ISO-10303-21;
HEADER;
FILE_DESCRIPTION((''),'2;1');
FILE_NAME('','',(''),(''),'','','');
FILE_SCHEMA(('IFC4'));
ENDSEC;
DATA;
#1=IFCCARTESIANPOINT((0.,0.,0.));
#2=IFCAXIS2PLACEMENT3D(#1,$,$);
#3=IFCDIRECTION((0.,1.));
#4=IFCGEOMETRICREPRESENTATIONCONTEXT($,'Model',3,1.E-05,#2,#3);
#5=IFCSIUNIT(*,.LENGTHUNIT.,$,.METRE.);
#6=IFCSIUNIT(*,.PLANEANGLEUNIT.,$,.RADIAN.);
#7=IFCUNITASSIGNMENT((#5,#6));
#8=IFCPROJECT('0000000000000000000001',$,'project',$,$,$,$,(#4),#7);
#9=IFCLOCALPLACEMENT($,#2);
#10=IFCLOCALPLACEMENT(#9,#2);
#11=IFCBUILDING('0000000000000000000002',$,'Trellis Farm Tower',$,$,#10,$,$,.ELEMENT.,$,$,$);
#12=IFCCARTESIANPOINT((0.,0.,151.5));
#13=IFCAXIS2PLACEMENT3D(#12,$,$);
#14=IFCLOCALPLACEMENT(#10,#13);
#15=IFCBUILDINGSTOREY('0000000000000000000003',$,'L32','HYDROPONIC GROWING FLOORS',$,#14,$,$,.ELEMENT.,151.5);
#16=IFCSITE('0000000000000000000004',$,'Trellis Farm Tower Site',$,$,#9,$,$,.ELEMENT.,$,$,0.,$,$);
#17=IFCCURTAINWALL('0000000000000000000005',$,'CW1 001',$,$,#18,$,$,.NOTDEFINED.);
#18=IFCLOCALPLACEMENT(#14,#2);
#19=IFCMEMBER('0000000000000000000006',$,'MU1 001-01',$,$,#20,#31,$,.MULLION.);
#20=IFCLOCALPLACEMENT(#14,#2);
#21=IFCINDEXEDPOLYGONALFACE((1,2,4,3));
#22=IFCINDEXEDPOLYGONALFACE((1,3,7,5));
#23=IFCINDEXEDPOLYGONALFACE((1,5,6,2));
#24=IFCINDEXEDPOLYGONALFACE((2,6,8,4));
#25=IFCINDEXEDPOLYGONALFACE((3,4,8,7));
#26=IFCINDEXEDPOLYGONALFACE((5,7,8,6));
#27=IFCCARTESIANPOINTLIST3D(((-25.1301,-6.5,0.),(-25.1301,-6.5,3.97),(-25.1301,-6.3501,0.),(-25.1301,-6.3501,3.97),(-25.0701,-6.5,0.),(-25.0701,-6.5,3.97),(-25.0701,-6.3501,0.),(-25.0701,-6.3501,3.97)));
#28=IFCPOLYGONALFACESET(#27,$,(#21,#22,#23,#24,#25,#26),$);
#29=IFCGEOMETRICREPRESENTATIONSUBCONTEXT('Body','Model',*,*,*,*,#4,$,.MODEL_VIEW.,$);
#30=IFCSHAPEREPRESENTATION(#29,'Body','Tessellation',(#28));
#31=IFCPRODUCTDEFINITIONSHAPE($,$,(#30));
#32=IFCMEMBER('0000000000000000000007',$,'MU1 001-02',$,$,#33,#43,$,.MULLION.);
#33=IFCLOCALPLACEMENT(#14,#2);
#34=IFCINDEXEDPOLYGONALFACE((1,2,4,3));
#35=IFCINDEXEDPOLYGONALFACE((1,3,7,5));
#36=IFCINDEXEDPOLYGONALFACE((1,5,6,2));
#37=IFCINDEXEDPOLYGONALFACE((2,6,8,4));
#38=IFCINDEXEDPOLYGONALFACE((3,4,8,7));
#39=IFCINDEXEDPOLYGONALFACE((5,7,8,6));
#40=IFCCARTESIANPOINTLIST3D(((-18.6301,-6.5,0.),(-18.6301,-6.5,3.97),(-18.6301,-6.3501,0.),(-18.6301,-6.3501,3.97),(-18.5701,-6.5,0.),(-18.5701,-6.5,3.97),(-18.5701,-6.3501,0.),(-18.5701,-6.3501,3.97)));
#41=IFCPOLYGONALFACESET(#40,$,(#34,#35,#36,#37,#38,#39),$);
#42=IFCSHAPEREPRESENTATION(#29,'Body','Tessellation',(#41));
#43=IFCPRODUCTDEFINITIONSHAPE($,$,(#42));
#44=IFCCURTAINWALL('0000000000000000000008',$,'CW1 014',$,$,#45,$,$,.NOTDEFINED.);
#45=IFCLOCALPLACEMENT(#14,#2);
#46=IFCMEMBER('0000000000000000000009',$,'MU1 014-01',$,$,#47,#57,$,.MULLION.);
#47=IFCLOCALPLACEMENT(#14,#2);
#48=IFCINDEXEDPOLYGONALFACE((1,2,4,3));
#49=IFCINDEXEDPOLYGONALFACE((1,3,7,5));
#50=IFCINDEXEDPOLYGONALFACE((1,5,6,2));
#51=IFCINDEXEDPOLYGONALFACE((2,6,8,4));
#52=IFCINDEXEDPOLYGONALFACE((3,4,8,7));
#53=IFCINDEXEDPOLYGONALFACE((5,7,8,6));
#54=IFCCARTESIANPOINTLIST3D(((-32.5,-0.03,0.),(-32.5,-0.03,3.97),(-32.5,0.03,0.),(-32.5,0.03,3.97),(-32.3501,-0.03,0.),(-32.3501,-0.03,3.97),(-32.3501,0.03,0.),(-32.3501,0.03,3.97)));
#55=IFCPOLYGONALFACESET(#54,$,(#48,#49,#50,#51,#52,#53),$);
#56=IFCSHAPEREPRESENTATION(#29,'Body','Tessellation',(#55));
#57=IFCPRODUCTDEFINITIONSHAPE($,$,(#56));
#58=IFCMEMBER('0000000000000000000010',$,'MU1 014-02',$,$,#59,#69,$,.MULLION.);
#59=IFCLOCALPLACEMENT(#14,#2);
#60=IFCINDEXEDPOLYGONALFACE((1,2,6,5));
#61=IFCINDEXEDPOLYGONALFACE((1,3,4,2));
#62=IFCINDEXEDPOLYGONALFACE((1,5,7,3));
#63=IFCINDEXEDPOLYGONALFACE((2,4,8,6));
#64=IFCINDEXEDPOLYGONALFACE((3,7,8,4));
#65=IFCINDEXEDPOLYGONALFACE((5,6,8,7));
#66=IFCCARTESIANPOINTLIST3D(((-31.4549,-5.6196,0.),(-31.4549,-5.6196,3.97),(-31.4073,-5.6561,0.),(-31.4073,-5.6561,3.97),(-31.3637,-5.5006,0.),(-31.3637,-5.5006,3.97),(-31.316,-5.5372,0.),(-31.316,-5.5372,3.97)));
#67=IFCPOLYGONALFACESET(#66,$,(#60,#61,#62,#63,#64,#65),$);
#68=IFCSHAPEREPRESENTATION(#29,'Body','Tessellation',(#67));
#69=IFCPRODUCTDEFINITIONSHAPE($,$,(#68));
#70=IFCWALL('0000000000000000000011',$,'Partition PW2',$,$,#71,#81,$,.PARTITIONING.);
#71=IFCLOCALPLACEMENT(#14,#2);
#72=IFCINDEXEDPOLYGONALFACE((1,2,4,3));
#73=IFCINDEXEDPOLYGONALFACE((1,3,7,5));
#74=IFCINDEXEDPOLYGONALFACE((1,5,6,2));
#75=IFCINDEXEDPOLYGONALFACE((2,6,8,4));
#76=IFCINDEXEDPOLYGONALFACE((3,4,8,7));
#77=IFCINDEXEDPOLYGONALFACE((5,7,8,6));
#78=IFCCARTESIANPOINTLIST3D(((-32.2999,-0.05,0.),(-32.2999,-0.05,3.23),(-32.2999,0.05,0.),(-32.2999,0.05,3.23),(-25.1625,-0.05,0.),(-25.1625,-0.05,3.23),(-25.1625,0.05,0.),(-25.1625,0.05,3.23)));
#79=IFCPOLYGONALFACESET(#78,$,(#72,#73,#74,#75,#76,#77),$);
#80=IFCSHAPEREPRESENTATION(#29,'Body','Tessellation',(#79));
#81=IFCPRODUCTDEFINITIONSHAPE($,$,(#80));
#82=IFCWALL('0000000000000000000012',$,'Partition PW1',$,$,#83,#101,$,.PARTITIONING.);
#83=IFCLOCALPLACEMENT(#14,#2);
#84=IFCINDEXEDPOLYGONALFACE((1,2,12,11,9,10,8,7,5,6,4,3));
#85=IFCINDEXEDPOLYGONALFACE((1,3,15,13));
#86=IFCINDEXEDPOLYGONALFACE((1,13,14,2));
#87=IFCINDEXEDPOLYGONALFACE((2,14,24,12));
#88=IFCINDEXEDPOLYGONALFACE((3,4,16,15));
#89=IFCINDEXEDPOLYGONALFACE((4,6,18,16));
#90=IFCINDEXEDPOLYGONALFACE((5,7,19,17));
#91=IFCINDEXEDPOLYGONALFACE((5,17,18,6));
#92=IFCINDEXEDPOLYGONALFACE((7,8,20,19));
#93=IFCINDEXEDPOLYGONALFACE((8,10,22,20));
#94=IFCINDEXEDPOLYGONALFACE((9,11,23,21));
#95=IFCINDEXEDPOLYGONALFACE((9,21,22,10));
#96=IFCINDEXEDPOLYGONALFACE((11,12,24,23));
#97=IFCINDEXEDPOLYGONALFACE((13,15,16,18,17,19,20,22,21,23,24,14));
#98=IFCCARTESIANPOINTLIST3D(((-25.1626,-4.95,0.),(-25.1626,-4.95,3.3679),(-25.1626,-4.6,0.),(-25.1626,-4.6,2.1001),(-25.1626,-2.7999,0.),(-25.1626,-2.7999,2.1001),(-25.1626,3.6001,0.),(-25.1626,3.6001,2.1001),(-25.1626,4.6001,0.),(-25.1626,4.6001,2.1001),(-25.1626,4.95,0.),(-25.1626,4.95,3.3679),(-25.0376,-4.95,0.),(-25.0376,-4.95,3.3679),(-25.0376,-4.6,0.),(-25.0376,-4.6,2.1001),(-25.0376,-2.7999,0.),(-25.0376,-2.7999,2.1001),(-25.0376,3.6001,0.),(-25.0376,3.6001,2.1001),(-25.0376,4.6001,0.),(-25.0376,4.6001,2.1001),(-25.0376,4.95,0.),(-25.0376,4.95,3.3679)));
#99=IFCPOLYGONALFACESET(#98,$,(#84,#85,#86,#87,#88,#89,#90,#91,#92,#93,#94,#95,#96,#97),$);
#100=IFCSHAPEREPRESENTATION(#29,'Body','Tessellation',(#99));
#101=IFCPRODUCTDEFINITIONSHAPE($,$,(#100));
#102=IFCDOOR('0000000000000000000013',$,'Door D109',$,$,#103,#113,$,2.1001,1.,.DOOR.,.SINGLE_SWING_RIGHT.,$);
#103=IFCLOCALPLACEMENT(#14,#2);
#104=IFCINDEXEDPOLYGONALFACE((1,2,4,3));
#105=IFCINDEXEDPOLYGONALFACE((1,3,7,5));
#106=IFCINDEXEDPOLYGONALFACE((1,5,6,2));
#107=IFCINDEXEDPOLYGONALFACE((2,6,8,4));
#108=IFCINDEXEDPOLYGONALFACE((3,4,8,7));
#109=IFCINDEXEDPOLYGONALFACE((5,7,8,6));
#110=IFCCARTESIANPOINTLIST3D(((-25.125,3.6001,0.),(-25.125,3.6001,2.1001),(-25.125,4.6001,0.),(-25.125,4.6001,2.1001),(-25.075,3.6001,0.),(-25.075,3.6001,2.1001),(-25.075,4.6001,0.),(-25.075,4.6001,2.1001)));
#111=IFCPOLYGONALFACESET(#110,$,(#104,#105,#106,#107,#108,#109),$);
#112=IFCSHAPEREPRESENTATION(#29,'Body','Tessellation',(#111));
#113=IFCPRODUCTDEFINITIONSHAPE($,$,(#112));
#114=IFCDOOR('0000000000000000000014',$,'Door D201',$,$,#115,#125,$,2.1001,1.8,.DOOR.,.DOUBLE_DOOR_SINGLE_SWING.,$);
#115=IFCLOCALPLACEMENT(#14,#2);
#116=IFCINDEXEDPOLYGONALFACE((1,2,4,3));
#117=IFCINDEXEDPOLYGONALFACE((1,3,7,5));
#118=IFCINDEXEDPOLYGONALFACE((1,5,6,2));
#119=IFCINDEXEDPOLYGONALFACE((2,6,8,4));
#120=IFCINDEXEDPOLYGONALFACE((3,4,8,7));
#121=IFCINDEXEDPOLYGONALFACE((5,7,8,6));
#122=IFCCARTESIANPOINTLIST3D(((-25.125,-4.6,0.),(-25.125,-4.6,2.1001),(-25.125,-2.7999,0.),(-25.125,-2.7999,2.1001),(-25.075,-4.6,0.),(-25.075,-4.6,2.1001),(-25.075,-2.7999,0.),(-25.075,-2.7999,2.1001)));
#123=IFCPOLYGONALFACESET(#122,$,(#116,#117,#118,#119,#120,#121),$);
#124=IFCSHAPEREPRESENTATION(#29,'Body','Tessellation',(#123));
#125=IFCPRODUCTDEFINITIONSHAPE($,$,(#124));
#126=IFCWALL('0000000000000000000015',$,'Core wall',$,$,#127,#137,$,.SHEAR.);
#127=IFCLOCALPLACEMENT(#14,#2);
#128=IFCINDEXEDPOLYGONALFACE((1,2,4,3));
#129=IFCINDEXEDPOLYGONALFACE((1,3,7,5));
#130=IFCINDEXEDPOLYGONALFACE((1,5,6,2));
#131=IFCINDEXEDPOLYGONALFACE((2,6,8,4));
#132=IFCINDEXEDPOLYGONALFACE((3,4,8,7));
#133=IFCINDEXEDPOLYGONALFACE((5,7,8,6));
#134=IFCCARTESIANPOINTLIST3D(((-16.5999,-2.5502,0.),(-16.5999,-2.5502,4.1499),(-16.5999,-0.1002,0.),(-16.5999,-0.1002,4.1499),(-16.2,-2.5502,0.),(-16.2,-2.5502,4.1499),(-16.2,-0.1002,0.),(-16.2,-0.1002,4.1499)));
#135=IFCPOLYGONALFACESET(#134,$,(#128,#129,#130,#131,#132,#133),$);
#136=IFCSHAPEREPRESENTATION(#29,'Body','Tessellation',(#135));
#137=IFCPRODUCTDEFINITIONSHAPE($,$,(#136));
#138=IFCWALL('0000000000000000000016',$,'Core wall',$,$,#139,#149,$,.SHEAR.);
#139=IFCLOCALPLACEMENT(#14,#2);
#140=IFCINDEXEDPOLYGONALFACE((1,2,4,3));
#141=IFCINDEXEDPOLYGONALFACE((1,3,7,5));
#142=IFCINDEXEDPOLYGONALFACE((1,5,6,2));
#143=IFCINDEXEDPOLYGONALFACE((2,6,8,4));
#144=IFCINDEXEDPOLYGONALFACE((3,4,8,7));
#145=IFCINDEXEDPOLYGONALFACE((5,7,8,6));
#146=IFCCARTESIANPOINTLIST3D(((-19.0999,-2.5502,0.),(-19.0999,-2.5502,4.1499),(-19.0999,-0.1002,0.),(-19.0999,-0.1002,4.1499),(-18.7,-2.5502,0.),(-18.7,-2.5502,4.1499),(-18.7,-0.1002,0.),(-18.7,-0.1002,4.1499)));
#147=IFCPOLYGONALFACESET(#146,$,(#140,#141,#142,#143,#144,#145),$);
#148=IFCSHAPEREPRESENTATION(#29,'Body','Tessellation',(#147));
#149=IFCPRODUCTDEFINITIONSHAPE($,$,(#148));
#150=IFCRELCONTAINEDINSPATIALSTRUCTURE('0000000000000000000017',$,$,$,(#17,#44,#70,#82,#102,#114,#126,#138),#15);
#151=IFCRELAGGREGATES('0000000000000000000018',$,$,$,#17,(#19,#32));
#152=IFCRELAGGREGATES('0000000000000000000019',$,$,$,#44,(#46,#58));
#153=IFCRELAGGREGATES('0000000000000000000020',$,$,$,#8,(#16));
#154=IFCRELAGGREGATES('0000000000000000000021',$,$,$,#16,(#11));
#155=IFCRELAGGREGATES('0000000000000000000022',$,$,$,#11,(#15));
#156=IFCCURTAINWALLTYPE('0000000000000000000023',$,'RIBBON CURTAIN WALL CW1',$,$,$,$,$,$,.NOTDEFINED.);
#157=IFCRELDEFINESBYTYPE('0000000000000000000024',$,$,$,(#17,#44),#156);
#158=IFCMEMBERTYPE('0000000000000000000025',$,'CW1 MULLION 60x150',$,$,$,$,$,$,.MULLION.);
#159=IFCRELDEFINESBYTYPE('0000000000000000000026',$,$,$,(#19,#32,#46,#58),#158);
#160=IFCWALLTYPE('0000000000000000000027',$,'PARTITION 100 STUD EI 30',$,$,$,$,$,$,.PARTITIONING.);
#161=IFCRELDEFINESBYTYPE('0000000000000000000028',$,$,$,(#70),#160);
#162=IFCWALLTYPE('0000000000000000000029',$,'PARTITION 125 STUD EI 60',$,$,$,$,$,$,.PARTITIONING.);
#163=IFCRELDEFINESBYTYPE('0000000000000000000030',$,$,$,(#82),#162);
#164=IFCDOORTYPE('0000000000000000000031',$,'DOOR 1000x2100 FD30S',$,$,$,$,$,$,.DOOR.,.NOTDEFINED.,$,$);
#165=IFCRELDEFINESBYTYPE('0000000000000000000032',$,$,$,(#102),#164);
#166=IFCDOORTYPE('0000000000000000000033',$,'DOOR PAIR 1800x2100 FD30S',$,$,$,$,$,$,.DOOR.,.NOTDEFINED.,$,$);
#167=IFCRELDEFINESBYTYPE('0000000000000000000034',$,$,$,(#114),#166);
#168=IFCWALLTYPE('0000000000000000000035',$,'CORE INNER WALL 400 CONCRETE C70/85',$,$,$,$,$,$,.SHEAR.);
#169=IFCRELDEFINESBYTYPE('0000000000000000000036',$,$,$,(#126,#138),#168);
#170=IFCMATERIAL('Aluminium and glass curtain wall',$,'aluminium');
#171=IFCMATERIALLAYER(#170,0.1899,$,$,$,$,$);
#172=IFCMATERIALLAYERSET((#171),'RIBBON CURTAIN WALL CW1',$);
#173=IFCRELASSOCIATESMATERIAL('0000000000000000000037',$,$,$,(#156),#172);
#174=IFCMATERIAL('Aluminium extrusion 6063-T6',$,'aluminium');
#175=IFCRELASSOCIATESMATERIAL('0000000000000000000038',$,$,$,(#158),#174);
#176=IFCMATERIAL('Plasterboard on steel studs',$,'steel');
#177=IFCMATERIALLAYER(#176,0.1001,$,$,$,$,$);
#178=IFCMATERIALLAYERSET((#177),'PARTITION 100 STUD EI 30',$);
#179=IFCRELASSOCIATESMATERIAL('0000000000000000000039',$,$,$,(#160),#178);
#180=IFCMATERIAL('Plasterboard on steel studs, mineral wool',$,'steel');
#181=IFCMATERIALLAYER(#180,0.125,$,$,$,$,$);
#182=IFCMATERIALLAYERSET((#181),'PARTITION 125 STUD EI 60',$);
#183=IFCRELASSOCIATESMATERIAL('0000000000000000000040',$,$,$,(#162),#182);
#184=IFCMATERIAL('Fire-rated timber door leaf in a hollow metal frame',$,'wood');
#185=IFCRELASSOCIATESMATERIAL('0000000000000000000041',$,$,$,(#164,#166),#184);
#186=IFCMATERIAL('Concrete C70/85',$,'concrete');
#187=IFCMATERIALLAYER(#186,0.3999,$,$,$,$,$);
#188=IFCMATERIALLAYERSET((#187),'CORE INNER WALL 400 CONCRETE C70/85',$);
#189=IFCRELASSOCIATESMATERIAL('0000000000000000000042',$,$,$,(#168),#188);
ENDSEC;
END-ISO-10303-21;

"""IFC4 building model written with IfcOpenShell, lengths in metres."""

from ifc_helpers import new_model, si_unit, direction, frame, frame_2d, origin, origin_2d, place, context, subcontext, project, spatial, rectangle, extrude, source, transform, mapped, material, layer, layer_set, material_profile, profile_set, type_object, element, fill, aggregate, save


model = new_model("IFC4")

# Units and contexts
model_context = context("Model", 3, precision=1e-05, world=origin(), true_north=direction((0.0, 1.0)))
body_context = subcontext(model_context, "Body", "Model", "MODEL_VIEW")
ifc_project = project(units=[si_unit("LENGTHUNIT", "METRE"), si_unit("PLANEANGLEUNIT", "RADIAN")], contexts=[model_context])

# Site, building, storey
site_placement = place(None, origin())
site = spatial("IfcSite", under=ifc_project, at=site_placement, Name="Trellis Farm Tower Site", CompositionType="ELEMENT", RefElevation=0.0)
building_placement = place(site_placement, origin())
building = spatial("IfcBuilding", under=site, at=building_placement, Name="Trellis Farm Tower", CompositionType="ELEMENT")
storey_placement = place(building_placement, frame((0.0, 0.0, 151.5)))
storey = spatial("IfcBuildingStorey", under=building, at=storey_placement, Name="L32", Description="HYDROPONIC GROWING FLOORS", CompositionType="ELEMENT", Elevation=151.5)

# Curtain walls, members
ifc_material_1 = material(Name="Aluminium and glass curtain wall", Category="aluminium")
ifc_layer_1 = layer(ifc_material_1, 0.1899)
ifc_layer_set_1 = layer_set([ifc_layer_1], Name="RIBBON CURTAIN WALL CW1")
curtain_wall_type = type_object("IfcCurtainWallType", Name="RIBBON CURTAIN WALL CW1", PredefinedType="NOTDEFINED", material=ifc_layer_set_1)
placement = place(storey_placement, origin())
curtain_wall_1 = element("IfcCurtainWall", 1, at=placement, inside=storey, type_object=curtain_wall_type, Name="CW1 001", PredefinedType="NOTDEFINED")
ifc_material_2 = material(Name="Aluminium extrusion 6063-T6", Category="aluminium")
ifc_material_profile_1 = material_profile(ifc_material_2, rectangle(XDim=0.0601, YDim=0.1499, at=origin_2d()), Name="MULLION 60x150")
ifc_profile_set_1 = profile_set([ifc_material_profile_1], Name="Aluminium extrusion 6063-T6")
member_type = type_object("IfcMemberType", Name="CW1 MULLION 60x150", PredefinedType="MULLION", material=ifc_profile_set_1)
shared_shape_1 = source(origin(), body_context, "Body", "SweptSolid", [
    extrude(rectangle(XDim=0.0601, YDim=0.1499, at=origin_2d()), origin(), (0.0, 0.0, 1.0), 3.97),
])
member_1_placement = place(storey_placement, frame((-25.1001, -6.425, 0.0), z_axis=(0.0, 0.0, 1.0), x_axis=(1.0, 0.0, 0.0)))
member_1 = element("IfcMember", 2, at=member_1_placement, type_object=member_type, Name="MU1 001-01", PredefinedType="MULLION", context=body_context, shape_type="MappedRepresentation", body=[
    mapped(shared_shape_1, transform((0.0, 0.0, 0.0))),
])
member_2_placement = place(storey_placement, frame((-18.6001, -6.425, 0.0), z_axis=(0.0, 0.0, 1.0), x_axis=(1.0, 0.0, 0.0)))
member_2 = element("IfcMember", 3, at=member_2_placement, type_object=member_type, Name="MU1 001-02", PredefinedType="MULLION", context=body_context, shape_type="MappedRepresentation", body=[
    mapped(shared_shape_1, transform((0.0, 0.0, 0.0))),
])
aggregate(curtain_wall_1, [member_1, member_2])
curtain_wall_2 = element("IfcCurtainWall", 4, at=placement, inside=storey, type_object=curtain_wall_type, Name="CW1 014", PredefinedType="NOTDEFINED")
member_3_placement = place(storey_placement, frame((-32.425, 0.0, 0.0), z_axis=(0.0, 0.0, 1.0), x_axis=(0.0, -1.0, 0.0)))
member_3 = element("IfcMember", 5, at=member_3_placement, type_object=member_type, Name="MU1 014-01", PredefinedType="MULLION", context=body_context, shape_type="MappedRepresentation", body=[
    mapped(shared_shape_1, transform((0.0, 0.0, 0.0))),
])
member_4_placement = place(storey_placement, frame((-31.3855, -5.5784, 0.0), z_axis=(0.0, 0.0, 1.0), x_axis=(0.793353, -0.608761, 0.0)))
member_4 = element("IfcMember", 6, at=member_4_placement, type_object=member_type, Name="MU1 014-02", PredefinedType="MULLION", context=body_context, shape_type="MappedRepresentation", body=[
    mapped(shared_shape_1, transform((0.0, 0.0, 0.0))),
])
aggregate(curtain_wall_2, [member_3, member_4])

# Wall
ifc_material_3 = material(Name="Plasterboard on steel studs", Category="steel")
ifc_layer_2 = layer(ifc_material_3, 0.1001)
ifc_layer_set_2 = layer_set([ifc_layer_2], Name="PARTITION 100 STUD EI 30")
wall_type_1 = type_object("IfcWallType", Name="PARTITION 100 STUD EI 30", PredefinedType="PARTITIONING", material=ifc_layer_set_2)
wall_1_placement = place(storey_placement, frame((-32.3, 0.0, 0.0), z_axis=(0.0, 0.0, 1.0), x_axis=(1.0, 0.0, 0.0)))
element("IfcWall", 7, at=wall_1_placement, inside=storey, type_object=wall_type_1, Name="Partition PW2", PredefinedType="PARTITIONING", context=body_context, shape_type="SweptSolid", body=[
    extrude(rectangle(XDim=7.1375, YDim=0.1001, at=frame_2d((3.5688, 0.0))), origin(), (0.0, 0.0, 1.0), 3.23),
])

# Wall, openings, doors
ifc_material_4 = material(Name="Plasterboard on steel studs, mineral wool", Category="steel")
ifc_layer_3 = layer(ifc_material_4, 0.125)
ifc_layer_set_3 = layer_set([ifc_layer_3], Name="PARTITION 125 STUD EI 60")
wall_type_2 = type_object("IfcWallType", Name="PARTITION 125 STUD EI 60", PredefinedType="PARTITIONING", material=ifc_layer_set_3)
wall_2_placement = place(storey_placement, frame((-25.1001, -4.95, 0.0), z_axis=(0.0, 0.0, 1.0), x_axis=(0.0, 1.0, 0.0)))
wall_2 = element("IfcWall", 8, at=wall_2_placement, inside=storey, type_object=wall_type_2, Name="Partition PW1", PredefinedType="PARTITIONING", context=body_context, shape_type="SweptSolid", body=[
    extrude(rectangle(XDim=9.8999, YDim=0.125, at=frame_2d((4.95, 0.0))), origin(), (0.0, 0.0, 1.0), 3.3679),
])
shared_shape_2 = source(origin(), body_context, "Body", "SweptSolid", [
    extrude(rectangle(XDim=1.8, YDim=2.1001, at=frame_2d((0.8999, 1.05))), frame((0.0, 0.0725, 0.0), z_axis=(0.0, -1.0, 0.0), x_axis=(1.0, 0.0, 0.0)), (0.0, 0.0, 1.0), 0.145),
])
opening_1_placement = place(wall_2_placement, frame((0.3501, 0.0, 0.0)))
opening_1 = element("IfcOpeningElement", 9, at=opening_1_placement, cuts=wall_2, PredefinedType="OPENING", context=body_context, shape_type="MappedRepresentation", body=[
    mapped(shared_shape_2, transform((0.0, 0.0, 0.0))),
])
shared_shape_3 = source(origin(), body_context, "Body", "SweptSolid", [
    extrude(rectangle(XDim=1.0, YDim=2.1001, at=frame_2d((0.5, 1.05))), frame((0.0, 0.0725, 0.0), z_axis=(0.0, -1.0, 0.0), x_axis=(1.0, 0.0, 0.0)), (0.0, 0.0, 1.0), 0.145),
])
opening_2_placement = place(wall_2_placement, frame((8.55, 0.0, 0.0)))
opening_2 = element("IfcOpeningElement", 10, at=opening_2_placement, cuts=wall_2, PredefinedType="OPENING", context=body_context, shape_type="MappedRepresentation", body=[
    mapped(shared_shape_3, transform((0.0, 0.0, 0.0))),
])
ifc_material_5 = material(Name="Fire-rated timber door leaf in a hollow metal frame", Category="wood")
door_type_1 = type_object("IfcDoorType", Name="DOOR 1000x2100 FD30S", OperationType="NOTDEFINED", PredefinedType="DOOR", material=ifc_material_5)
shared_shape_4 = source(origin(), body_context, "Body", "SweptSolid", [
    extrude(rectangle(XDim=1.0, YDim=2.1001, at=frame_2d((0.5, 1.05))), frame((0.0, 0.0249, 0.0), z_axis=(0.0, -1.0, 0.0), x_axis=(1.0, 0.0, 0.0)), (0.0, 0.0, 1.0), 0.05),
])
door_1_placement = place(opening_2_placement, origin())
door_1 = element("IfcDoor", 11, at=door_1_placement, inside=storey, type_object=door_type_1, Name="Door D109", OperationType="SINGLE_SWING_RIGHT", OverallHeight=2.1001, OverallWidth=1.0, PredefinedType="DOOR", context=body_context, shape_type="MappedRepresentation", body=[
    mapped(shared_shape_4, transform((0.0, 0.0, 0.0))),
])
fill(opening_2, door_1)
door_type_2 = type_object("IfcDoorType", Name="DOOR PAIR 1800x2100 FD30S", OperationType="NOTDEFINED", PredefinedType="DOOR", material=ifc_material_5)
shared_shape_5 = source(origin(), body_context, "Body", "SweptSolid", [
    extrude(rectangle(XDim=1.8, YDim=2.1001, at=frame_2d((0.8999, 1.05))), frame((0.0, 0.0249, 0.0), z_axis=(0.0, -1.0, 0.0), x_axis=(1.0, 0.0, 0.0)), (0.0, 0.0, 1.0), 0.05),
])
door_2_placement = place(opening_1_placement, origin())
door_2 = element("IfcDoor", 12, at=door_2_placement, inside=storey, type_object=door_type_2, Name="Door D201", OperationType="DOUBLE_DOOR_SINGLE_SWING", OverallHeight=2.1001, OverallWidth=1.8, PredefinedType="DOOR", context=body_context, shape_type="MappedRepresentation", body=[
    mapped(shared_shape_5, transform((0.0, 0.0, 0.0))),
])
fill(opening_1, door_2)

# Walls
ifc_material_6 = material(Name="Concrete C70/85", Category="concrete")
ifc_layer_4 = layer(ifc_material_6, 0.3999)
ifc_layer_set_4 = layer_set([ifc_layer_4], Name="CORE INNER WALL 400 CONCRETE C70/85")
wall_type_3 = type_object("IfcWallType", Name="CORE INNER WALL 400 CONCRETE C70/85", PredefinedType="SHEAR", material=ifc_layer_set_4)
shared_shape_6 = source(origin(), body_context, "Body", "SweptSolid", [
    extrude(rectangle(XDim=2.45, YDim=0.3999, at=frame_2d((1.2251, 0.0))), origin(), (0.0, 0.0, 1.0), 4.1499),
])
for number, where, z_axis, x_axis, name in (
    (13, (-16.3999, -0.1001, 0.0), (0.0, 0.0, 1.0), (0.0, -1.0, 0.0), "Core wall"),
    (14, (-18.8999, -0.1001, 0.0), (0.0, 0.0, 1.0), (0.0, -1.0, 0.0), "Core wall"),
):
    element("IfcWall", number, at=place(storey_placement, frame(where, z_axis=z_axis, x_axis=x_axis)), inside=storey, type_object=wall_type_3, Name=name, PredefinedType="SHEAR", context=body_context, shape_type="MappedRepresentation", body=[
        mapped(shared_shape_6, transform((0.0, 0.0, 0.0))),
    ])

save(model, "model.ifc")
